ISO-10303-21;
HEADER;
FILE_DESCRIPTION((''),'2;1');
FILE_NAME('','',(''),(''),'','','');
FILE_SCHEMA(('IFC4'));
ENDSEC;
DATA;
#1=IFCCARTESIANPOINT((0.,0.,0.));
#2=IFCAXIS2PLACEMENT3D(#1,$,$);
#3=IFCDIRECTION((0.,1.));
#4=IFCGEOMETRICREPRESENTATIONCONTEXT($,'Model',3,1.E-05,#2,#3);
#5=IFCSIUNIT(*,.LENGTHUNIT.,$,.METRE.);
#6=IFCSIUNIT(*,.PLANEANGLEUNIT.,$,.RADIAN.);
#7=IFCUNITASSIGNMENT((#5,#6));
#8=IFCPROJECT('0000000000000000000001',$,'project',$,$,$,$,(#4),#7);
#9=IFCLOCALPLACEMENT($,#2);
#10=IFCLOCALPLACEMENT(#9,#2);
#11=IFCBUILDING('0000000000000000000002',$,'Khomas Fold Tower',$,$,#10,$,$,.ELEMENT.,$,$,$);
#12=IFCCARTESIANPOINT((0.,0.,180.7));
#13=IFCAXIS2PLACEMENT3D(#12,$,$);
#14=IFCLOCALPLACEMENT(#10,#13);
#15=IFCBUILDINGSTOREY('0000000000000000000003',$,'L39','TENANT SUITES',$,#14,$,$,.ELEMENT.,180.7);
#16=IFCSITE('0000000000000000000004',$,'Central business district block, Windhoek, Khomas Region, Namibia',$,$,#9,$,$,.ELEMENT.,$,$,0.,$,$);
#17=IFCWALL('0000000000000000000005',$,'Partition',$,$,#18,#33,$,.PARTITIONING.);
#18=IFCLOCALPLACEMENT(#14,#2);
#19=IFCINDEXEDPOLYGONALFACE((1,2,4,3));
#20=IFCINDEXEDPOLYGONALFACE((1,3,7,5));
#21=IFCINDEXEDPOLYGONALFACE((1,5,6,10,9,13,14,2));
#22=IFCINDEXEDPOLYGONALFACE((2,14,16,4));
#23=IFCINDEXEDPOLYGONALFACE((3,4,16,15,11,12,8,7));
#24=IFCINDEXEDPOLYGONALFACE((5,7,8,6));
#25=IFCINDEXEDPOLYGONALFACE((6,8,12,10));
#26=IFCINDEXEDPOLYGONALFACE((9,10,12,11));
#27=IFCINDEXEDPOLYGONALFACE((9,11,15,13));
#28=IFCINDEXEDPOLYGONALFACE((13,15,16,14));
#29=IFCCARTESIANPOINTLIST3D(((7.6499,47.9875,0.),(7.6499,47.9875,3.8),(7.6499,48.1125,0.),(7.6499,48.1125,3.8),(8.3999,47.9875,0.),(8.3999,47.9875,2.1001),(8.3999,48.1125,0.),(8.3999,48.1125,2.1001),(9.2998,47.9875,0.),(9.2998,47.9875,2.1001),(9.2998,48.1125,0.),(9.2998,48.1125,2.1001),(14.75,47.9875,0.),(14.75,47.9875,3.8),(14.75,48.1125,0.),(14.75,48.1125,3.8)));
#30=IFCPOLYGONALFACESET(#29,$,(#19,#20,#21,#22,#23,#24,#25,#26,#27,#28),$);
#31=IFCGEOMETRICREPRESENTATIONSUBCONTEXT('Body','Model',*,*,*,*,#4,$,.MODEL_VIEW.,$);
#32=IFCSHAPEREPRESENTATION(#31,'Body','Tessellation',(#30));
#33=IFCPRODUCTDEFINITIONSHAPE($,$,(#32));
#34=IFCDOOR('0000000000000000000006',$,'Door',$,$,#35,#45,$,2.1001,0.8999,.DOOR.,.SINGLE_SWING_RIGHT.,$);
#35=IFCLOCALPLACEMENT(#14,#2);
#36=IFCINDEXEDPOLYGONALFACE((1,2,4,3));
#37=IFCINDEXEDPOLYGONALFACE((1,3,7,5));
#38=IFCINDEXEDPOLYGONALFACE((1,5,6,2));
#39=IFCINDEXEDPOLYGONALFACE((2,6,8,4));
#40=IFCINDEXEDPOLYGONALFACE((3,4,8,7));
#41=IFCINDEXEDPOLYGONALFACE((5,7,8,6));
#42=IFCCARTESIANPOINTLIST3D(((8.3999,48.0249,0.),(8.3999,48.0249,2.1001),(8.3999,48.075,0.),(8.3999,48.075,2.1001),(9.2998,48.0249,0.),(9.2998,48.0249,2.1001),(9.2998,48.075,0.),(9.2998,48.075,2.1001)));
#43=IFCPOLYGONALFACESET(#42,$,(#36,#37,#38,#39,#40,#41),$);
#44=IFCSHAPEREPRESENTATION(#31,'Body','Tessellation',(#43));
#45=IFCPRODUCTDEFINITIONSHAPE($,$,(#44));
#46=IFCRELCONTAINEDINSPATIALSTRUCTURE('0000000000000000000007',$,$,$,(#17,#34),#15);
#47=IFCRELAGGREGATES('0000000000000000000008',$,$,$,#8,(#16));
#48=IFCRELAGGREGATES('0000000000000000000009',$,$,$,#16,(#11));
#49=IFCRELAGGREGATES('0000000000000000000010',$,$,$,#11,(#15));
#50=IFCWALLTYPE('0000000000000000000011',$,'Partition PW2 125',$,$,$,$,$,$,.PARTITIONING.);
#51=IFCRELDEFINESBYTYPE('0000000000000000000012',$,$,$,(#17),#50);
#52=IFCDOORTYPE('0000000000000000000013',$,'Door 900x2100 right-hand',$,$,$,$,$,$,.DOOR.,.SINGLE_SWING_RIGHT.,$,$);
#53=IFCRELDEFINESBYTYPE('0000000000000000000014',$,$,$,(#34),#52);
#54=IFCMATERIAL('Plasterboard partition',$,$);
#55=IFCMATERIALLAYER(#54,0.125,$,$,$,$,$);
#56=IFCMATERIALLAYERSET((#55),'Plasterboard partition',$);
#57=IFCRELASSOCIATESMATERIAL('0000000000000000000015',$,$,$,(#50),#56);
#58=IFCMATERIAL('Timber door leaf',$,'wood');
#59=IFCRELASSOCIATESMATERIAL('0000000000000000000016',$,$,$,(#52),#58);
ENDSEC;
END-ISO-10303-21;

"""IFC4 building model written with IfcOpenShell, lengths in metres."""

from ifc_helpers import new_model, si_unit, direction, frame, frame_2d, origin, place, context, subcontext, project, spatial, rectangle, extrude, source, transform, mapped, material, layer, layer_set, type_object, element, fill, save


model = new_model("IFC4")

# Units and contexts
model_context = context("Model", 3, precision=1e-05, world=origin(), true_north=direction((0.0, 1.0)))
body_context = subcontext(model_context, "Body", "Model", "MODEL_VIEW")
ifc_project = project(units=[si_unit("LENGTHUNIT", "METRE"), si_unit("PLANEANGLEUNIT", "RADIAN")], contexts=[model_context])

# Site, building, storey
site_placement = place(None, origin())
site = spatial("IfcSite", under=ifc_project, at=site_placement, Name="Central business district block, Windhoek, Khomas Region, Namibia", CompositionType="ELEMENT", RefElevation=0.0)
building_placement = place(site_placement, origin())
building = spatial("IfcBuilding", under=site, at=building_placement, Name="Khomas Fold Tower", CompositionType="ELEMENT")
storey_placement = place(building_placement, frame((0.0, 0.0, 180.7)))
storey = spatial("IfcBuildingStorey", under=building, at=storey_placement, Name="L39", Description="TENANT SUITES", CompositionType="ELEMENT", Elevation=180.7)

# Shared definitions
ifc_material_1 = material(Name="Plasterboard partition")
ifc_layer_1 = layer(ifc_material_1, 0.125)
ifc_layer_set_1 = layer_set([ifc_layer_1], Name="Plasterboard partition")
wall_type_1 = type_object("IfcWallType", Name="Partition PW2 125", PredefinedType="PARTITIONING", material=ifc_layer_set_1)

# Wall, opening, door
shared_shape_1 = source(origin(), body_context, "Body", "SweptSolid", [
    extrude(rectangle(XDim=7.1001, YDim=0.125, at=frame_2d((3.55, 0.0))), origin(), (0.0, 0.0, 1.0), 3.8),
])
wall_1_placement = place(storey_placement, frame((7.6499, 48.05, 0.0), z_axis=(0.0, 0.0, 1.0), x_axis=(1.0, 0.0, 0.0)))
wall_1 = element("IfcWall", 1, at=wall_1_placement, inside=storey, type_object=wall_type_1, Name="Partition", PredefinedType="PARTITIONING", context=body_context, shape_type="MappedRepresentation", body=[
    mapped(shared_shape_1, transform((0.0, 0.0, 0.0))),
])
shared_shape_2 = source(origin(), body_context, "Body", "SweptSolid", [
    extrude(rectangle(XDim=0.8999, YDim=2.1001, at=frame_2d((0.45, 1.05))), frame((0.0, 0.0725, 0.0), z_axis=(0.0, -1.0, 0.0), x_axis=(1.0, 0.0, 0.0)), (0.0, 0.0, 1.0), 0.145),
])
opening_placement = place(wall_1_placement, frame((0.75, 0.0, 0.0)))
opening = element("IfcOpeningElement", 2, at=opening_placement, cuts=wall_1, PredefinedType="OPENING", context=body_context, shape_type="MappedRepresentation", body=[
    mapped(shared_shape_2, transform((0.0, 0.0, 0.0))),
])
ifc_material_2 = material(Name="Timber door leaf", Category="wood")
door_type = type_object("IfcDoorType", Name="Door 900x2100 right-hand", OperationType="SINGLE_SWING_RIGHT", PredefinedType="DOOR", material=ifc_material_2)
shared_shape_3 = source(origin(), body_context, "Body", "SweptSolid", [
    extrude(rectangle(XDim=0.8999, YDim=2.1001, at=frame_2d((0.45, 1.05))), frame((0.0, 0.0249, 0.0), z_axis=(0.0, -1.0, 0.0), x_axis=(1.0, 0.0, 0.0)), (0.0, 0.0, 1.0), 0.05),
])
door_placement = place(opening_placement, origin())
door = element("IfcDoor", 3, at=door_placement, inside=storey, type_object=door_type, Name="Door", OperationType="SINGLE_SWING_RIGHT", OverallHeight=2.1001, OverallWidth=0.8999, PredefinedType="DOOR", context=body_context, shape_type="MappedRepresentation", body=[
    mapped(shared_shape_3, transform((0.0, 0.0, 0.0))),
])
fill(opening, door)

save(model, "model.ifc")
